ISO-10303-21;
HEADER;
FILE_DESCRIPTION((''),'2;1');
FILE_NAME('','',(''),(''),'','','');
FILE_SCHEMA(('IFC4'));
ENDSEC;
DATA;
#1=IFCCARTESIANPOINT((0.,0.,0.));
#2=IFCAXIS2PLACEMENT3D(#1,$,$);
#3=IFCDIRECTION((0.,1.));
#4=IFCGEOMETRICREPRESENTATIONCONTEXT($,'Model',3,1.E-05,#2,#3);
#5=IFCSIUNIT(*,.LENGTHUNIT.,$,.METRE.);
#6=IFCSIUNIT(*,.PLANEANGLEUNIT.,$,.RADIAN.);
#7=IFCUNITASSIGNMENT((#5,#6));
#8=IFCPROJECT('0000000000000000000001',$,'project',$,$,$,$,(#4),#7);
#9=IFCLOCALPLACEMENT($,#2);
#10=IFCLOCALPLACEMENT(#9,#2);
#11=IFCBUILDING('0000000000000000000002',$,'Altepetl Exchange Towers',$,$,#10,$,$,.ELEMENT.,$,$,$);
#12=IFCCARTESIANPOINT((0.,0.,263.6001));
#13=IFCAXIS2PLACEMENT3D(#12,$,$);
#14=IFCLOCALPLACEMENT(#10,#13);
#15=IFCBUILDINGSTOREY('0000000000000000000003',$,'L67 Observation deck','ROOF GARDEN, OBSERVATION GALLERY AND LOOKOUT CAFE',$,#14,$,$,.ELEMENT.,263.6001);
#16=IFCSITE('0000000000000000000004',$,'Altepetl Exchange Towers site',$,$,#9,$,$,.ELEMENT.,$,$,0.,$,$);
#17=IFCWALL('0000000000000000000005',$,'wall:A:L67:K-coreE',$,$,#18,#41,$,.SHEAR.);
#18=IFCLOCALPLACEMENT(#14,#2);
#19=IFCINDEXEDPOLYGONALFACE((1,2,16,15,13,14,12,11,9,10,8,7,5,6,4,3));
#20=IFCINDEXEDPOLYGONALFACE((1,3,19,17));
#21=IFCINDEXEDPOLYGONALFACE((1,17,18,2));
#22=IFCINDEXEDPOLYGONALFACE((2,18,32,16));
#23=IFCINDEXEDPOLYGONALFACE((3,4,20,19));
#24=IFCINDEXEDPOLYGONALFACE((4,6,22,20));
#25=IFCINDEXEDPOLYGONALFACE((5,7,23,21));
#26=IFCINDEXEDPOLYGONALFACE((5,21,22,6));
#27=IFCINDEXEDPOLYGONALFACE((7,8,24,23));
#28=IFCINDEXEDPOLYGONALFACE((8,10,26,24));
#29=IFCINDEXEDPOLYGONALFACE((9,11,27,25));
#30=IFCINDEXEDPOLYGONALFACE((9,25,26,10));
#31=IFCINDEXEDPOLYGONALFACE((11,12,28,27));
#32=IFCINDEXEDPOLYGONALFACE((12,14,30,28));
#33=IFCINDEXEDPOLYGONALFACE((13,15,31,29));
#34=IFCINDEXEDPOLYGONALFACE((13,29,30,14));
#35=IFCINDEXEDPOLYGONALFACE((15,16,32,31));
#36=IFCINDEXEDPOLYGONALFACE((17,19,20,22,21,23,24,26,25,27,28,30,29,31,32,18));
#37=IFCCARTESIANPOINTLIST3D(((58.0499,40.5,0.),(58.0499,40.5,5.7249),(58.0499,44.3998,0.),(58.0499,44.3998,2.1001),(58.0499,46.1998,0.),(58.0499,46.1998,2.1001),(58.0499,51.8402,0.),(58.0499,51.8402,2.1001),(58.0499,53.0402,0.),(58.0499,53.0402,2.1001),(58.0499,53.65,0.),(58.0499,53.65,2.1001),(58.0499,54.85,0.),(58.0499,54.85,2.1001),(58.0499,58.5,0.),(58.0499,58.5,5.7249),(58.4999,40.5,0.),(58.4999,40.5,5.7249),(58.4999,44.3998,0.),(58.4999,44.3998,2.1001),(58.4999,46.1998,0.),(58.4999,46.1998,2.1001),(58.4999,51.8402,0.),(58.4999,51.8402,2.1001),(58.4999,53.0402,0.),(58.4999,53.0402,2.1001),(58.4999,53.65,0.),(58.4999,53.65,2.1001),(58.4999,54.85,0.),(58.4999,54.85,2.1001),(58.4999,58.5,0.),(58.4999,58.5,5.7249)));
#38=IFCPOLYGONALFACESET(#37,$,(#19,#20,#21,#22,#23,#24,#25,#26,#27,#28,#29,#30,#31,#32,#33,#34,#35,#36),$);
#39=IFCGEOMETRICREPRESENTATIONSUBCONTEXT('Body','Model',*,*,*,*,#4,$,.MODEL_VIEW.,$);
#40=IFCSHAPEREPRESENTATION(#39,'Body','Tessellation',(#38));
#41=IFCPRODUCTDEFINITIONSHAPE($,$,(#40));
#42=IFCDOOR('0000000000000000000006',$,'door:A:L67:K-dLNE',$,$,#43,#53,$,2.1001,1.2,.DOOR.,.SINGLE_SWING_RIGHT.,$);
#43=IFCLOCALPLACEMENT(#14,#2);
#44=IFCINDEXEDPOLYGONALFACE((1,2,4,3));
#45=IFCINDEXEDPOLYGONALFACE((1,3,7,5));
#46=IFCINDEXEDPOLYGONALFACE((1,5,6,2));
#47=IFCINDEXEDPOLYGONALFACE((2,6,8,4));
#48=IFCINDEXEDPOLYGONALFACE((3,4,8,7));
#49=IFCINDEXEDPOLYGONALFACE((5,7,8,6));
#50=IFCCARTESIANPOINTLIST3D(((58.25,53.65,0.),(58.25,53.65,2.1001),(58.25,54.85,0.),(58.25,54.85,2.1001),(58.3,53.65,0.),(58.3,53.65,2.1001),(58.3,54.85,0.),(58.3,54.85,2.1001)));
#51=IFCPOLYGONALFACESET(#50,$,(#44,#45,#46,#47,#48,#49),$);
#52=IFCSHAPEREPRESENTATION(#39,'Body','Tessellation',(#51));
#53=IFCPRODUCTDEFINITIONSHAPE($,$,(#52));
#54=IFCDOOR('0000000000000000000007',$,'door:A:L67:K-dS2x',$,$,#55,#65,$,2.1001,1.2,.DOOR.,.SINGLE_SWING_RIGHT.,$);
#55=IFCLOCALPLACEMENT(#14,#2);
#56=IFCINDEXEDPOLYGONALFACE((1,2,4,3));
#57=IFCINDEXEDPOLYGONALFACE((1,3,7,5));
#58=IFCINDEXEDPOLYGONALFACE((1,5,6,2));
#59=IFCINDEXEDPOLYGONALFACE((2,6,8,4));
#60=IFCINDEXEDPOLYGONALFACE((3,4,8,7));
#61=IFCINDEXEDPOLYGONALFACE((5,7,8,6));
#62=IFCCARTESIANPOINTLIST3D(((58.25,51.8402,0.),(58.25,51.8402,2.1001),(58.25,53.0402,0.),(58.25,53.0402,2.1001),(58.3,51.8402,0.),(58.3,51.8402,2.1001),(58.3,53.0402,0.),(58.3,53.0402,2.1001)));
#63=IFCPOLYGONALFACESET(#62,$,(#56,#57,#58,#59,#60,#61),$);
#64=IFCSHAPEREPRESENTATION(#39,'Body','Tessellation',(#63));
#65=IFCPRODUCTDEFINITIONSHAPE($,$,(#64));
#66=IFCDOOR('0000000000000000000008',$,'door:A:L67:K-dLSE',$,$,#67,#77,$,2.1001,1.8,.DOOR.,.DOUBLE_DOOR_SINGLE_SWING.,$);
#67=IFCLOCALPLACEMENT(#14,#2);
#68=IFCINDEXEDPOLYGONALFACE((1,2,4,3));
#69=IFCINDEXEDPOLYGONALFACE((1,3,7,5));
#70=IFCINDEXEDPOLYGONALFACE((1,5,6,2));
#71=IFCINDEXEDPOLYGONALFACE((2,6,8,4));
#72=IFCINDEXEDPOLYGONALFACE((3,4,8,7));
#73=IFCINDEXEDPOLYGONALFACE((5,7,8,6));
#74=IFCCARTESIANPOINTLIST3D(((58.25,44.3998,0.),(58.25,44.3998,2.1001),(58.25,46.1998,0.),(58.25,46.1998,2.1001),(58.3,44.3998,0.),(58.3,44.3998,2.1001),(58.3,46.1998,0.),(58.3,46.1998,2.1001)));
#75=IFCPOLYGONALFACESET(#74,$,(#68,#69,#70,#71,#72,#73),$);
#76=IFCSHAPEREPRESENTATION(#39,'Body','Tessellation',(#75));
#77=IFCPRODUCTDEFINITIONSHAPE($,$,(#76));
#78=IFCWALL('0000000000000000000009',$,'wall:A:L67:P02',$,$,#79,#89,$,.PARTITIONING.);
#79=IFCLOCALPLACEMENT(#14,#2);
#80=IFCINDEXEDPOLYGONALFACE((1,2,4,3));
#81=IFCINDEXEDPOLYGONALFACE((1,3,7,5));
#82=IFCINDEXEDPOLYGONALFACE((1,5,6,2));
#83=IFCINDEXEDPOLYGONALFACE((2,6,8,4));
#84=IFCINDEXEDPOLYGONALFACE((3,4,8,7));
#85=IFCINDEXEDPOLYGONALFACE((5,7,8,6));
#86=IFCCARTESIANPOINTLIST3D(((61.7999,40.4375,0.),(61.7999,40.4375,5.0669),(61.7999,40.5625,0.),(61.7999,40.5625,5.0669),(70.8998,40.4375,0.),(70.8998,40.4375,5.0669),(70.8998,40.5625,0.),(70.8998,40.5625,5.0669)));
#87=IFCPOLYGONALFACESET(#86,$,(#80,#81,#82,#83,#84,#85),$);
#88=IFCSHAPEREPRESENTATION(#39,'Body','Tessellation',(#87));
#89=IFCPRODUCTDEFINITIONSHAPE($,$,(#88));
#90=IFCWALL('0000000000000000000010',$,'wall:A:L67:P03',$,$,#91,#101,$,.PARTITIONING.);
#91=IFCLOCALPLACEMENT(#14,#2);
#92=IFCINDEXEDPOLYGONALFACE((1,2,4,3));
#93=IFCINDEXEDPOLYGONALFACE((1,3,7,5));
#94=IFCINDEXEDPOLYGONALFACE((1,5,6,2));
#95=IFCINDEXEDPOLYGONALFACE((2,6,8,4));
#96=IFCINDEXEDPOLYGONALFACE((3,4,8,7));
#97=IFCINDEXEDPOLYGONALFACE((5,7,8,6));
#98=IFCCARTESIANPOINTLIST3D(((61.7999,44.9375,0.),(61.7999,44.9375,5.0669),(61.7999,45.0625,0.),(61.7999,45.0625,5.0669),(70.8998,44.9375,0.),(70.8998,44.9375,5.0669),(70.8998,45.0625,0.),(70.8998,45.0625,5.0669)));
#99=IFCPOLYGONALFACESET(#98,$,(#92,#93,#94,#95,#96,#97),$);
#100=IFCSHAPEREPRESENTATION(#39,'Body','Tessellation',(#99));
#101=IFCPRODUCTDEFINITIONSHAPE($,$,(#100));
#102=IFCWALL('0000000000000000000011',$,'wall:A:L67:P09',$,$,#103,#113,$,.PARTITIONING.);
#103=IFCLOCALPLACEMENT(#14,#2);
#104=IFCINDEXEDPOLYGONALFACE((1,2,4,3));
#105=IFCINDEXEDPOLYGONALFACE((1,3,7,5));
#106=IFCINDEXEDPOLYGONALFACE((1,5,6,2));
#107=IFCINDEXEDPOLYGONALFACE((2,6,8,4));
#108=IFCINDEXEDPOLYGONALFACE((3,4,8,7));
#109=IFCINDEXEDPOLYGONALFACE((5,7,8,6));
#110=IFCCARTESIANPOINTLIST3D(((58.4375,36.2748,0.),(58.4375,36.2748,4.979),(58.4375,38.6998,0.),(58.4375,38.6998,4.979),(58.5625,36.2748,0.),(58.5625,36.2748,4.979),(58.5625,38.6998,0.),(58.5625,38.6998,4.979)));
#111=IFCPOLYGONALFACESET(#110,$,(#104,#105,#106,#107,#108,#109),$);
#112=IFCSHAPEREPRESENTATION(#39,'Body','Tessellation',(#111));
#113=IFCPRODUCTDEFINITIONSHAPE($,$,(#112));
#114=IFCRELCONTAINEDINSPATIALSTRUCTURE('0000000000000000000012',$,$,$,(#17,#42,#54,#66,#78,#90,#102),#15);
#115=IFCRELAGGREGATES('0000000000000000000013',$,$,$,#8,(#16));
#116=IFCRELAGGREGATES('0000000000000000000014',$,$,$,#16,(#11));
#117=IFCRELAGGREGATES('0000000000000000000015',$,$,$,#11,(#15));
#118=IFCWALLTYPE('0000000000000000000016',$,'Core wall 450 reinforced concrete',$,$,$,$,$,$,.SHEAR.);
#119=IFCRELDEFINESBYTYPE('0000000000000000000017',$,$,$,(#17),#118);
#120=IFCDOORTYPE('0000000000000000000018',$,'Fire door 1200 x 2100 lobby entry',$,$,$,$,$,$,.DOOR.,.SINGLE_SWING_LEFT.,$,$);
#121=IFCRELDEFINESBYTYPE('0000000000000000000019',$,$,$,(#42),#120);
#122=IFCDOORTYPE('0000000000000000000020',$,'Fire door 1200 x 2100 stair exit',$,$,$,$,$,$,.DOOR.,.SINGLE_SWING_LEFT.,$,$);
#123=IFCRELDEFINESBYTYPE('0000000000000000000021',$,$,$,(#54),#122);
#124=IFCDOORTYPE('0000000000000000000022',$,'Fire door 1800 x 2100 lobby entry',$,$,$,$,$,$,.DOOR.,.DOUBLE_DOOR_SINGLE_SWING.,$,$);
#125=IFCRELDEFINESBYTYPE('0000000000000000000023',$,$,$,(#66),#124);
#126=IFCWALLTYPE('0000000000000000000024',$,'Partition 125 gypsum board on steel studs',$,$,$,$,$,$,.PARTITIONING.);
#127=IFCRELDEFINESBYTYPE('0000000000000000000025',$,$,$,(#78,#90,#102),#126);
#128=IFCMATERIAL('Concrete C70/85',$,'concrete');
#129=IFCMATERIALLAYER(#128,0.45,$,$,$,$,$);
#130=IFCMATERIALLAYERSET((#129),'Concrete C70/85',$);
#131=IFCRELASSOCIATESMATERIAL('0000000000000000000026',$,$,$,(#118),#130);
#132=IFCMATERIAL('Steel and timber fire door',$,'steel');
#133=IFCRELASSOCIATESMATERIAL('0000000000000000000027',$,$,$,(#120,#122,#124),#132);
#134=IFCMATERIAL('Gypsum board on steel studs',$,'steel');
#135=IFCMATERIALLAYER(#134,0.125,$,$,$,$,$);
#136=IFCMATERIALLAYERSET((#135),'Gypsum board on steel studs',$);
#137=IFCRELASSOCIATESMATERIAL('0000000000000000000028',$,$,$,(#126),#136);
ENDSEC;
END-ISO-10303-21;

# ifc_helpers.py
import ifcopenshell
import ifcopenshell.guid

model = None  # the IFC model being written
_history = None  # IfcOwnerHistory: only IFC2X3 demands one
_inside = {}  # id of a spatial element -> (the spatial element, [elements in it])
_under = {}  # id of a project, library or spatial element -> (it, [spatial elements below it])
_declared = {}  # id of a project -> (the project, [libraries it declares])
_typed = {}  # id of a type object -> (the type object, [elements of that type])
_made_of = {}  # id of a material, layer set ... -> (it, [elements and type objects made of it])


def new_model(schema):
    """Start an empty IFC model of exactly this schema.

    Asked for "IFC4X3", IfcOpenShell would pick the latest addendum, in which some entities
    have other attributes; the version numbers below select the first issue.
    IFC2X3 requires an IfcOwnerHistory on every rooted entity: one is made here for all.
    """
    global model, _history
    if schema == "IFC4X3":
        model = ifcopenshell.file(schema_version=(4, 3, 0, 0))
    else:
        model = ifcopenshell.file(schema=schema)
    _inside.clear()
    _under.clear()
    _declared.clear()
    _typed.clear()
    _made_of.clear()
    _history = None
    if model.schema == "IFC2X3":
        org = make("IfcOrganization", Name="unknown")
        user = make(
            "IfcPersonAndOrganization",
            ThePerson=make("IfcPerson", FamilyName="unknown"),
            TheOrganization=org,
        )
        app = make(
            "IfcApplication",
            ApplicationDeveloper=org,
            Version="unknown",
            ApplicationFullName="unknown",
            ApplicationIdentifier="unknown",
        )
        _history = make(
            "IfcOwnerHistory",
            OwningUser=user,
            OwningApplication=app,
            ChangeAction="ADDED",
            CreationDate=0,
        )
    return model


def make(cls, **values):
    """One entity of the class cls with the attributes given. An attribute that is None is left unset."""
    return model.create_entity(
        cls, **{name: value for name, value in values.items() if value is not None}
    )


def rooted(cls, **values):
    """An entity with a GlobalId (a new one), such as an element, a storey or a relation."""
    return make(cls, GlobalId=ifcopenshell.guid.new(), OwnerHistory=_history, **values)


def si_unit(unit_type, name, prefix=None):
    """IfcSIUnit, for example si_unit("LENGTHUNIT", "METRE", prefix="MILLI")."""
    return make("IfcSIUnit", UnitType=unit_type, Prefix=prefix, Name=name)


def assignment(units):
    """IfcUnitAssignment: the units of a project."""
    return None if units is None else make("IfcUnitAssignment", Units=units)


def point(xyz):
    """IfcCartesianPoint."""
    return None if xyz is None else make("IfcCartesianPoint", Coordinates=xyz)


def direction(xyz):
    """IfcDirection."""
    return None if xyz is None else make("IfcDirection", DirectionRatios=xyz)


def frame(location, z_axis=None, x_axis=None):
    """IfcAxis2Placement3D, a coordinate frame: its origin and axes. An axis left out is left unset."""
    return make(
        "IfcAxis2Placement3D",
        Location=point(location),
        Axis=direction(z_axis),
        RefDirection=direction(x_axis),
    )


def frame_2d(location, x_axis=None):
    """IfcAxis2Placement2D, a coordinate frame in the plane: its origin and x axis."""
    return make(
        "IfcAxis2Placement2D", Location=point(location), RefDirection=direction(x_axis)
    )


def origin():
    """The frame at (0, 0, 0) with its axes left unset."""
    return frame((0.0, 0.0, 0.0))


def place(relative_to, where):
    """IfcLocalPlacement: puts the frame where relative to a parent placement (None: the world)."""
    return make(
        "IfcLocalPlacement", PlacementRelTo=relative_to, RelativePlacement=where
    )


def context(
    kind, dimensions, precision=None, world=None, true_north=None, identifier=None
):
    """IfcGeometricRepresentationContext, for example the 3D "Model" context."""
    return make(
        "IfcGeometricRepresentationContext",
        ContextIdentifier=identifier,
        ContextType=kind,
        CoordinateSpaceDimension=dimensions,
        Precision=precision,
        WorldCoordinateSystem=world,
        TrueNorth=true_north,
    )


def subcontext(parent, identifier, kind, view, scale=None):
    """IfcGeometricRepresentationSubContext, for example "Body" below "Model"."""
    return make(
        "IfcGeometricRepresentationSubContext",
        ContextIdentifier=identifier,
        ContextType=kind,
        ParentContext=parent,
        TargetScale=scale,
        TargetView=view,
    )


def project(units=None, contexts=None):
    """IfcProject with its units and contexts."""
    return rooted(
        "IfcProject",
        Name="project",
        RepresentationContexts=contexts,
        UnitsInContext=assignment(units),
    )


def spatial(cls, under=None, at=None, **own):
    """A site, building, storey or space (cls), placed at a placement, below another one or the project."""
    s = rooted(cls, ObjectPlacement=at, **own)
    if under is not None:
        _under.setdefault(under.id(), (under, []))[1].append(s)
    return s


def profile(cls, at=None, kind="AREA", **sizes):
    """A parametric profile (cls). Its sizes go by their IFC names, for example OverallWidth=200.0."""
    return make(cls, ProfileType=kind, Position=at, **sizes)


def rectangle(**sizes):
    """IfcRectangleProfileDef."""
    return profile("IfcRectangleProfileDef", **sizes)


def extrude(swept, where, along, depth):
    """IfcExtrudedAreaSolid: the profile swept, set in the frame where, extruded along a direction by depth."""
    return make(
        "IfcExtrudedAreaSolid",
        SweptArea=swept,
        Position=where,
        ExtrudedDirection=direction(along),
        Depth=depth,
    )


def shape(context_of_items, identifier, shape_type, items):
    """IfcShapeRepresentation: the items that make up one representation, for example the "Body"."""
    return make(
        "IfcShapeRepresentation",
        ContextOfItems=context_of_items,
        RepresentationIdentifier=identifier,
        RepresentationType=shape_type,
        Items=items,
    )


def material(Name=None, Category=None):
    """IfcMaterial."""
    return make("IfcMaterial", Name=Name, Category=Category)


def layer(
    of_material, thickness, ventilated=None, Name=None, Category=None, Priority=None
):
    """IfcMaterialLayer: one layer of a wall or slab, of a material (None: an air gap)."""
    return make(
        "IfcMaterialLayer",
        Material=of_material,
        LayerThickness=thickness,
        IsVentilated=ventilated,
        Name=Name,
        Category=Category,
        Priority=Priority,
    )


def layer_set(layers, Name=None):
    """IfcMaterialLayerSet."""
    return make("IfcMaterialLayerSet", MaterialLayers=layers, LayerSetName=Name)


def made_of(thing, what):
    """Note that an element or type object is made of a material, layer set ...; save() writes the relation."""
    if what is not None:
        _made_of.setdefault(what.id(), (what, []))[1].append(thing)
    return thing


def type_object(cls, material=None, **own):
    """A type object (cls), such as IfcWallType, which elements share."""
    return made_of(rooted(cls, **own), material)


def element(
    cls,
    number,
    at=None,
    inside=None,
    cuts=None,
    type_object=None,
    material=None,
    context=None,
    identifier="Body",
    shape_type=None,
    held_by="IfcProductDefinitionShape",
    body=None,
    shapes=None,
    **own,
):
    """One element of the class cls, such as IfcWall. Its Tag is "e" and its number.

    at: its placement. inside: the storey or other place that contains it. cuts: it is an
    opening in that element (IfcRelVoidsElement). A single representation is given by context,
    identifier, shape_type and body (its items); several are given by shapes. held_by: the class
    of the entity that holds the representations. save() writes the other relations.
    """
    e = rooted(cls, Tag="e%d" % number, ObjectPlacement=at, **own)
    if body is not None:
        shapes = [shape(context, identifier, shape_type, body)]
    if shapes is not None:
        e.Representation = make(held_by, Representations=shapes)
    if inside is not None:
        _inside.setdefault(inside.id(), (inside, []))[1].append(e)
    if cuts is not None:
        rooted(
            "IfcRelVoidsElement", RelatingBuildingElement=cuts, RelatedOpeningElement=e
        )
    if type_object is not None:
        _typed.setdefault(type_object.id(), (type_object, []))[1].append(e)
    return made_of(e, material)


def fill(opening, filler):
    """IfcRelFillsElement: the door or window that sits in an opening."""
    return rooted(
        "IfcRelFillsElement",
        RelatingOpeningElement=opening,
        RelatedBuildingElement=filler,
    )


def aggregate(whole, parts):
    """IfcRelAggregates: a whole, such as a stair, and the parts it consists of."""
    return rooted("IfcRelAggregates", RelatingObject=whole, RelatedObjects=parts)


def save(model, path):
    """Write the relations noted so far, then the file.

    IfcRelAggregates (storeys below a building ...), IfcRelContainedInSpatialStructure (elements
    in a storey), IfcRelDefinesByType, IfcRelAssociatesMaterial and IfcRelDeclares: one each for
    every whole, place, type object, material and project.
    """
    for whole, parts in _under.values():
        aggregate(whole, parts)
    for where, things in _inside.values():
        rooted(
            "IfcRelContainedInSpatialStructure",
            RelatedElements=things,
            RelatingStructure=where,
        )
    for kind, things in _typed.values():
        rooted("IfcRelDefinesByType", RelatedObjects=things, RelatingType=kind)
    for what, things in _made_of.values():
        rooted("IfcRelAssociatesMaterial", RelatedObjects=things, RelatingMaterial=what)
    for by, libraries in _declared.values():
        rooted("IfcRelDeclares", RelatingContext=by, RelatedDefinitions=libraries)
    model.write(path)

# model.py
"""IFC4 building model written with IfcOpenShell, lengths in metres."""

from ifc_helpers import new_model, si_unit, direction, frame, frame_2d, origin, place, context, subcontext, project, spatial, rectangle, extrude, material, layer, layer_set, type_object, element, fill, save


model = new_model("IFC4")

# Units and contexts
model_context = context("Model", 3, precision=1e-05, world=origin(), true_north=direction((0.0, 1.0)))
body_context = subcontext(model_context, "Body", "Model", "MODEL_VIEW")
ifc_project = project(units=[si_unit("LENGTHUNIT", "METRE"), si_unit("PLANEANGLEUNIT", "RADIAN")], contexts=[model_context])

# Site, building, storey
site_placement = place(None, origin())
site = spatial("IfcSite", under=ifc_project, at=site_placement, Name="Altepetl Exchange Towers site", CompositionType="ELEMENT", RefElevation=0.0)
building_placement = place(site_placement, origin())
building = spatial("IfcBuilding", under=site, at=building_placement, Name="Altepetl Exchange Towers", CompositionType="ELEMENT")
storey_placement = place(building_placement, frame((0.0, 0.0, 263.6001)))
storey = spatial("IfcBuildingStorey", under=building, at=storey_placement, Name="L67 Observation deck", Description="ROOF GARDEN, OBSERVATION GALLERY AND LOOKOUT CAFE", CompositionType="ELEMENT", Elevation=263.6001)

# Shared definitions
ifc_material_1 = material(Name="Concrete C70/85", Category="concrete")

# Wall, openings, doors
ifc_layer_1 = layer(ifc_material_1, 0.45)
ifc_layer_set_1 = layer_set([ifc_layer_1], Name="Concrete C70/85")
wall_type_1 = type_object("IfcWallType", Name="Core wall 450 reinforced concrete", PredefinedType="SHEAR", material=ifc_layer_set_1)
wall_1_placement = place(storey_placement, frame((58.2749, 40.5, 0.0), z_axis=(0.0, 0.0, 1.0), x_axis=(0.0, 1.0, 0.0)))
wall_1 = element("IfcWall", 1, at=wall_1_placement, inside=storey, type_object=wall_type_1, Name="wall:A:L67:K-coreE", PredefinedType="SHEAR", context=body_context, shape_type="SweptSolid", body=[
    extrude(rectangle(XDim=18.0, YDim=0.45, at=frame_2d((9.0, 0.0))), origin(), (0.0, 0.0, 1.0), 5.7249),
])
opening_1_placement = place(wall_1_placement, frame((13.1499, 0.0, 0.0)))
opening_1 = element("IfcOpeningElement", 2, at=opening_1_placement, cuts=wall_1, PredefinedType="OPENING", context=body_context, shape_type="SweptSolid", body=[
    extrude(rectangle(XDim=1.2, YDim=2.1001, at=frame_2d((0.6001, 1.05))), frame((0.0, 0.2349, 0.0), z_axis=(0.0, -1.0, 0.0), x_axis=(1.0, 0.0, 0.0)), (0.0, 0.0, 1.0), 0.47),
])
opening_2_placement = place(wall_1_placement, frame((3.8999, 0.0, 0.0)))
opening_2 = element("IfcOpeningElement", 3, at=opening_2_placement, cuts=wall_1, PredefinedType="OPENING", context=body_context, shape_type="SweptSolid", body=[
    extrude(rectangle(XDim=1.8, YDim=2.1001, at=frame_2d((0.8999, 1.05))), frame((0.0, 0.2349, 0.0), z_axis=(0.0, -1.0, 0.0), x_axis=(1.0, 0.0, 0.0)), (0.0, 0.0, 1.0), 0.47),
])
opening_3_placement = place(wall_1_placement, frame((11.3401, 0.0, 0.0)))
opening_3 = element("IfcOpeningElement", 4, at=opening_3_placement, cuts=wall_1, PredefinedType="OPENING", context=body_context, shape_type="SweptSolid", body=[
    extrude(rectangle(XDim=1.2, YDim=2.1001, at=frame_2d((0.6001, 1.05))), frame((0.0, 0.2349, 0.0), z_axis=(0.0, -1.0, 0.0), x_axis=(1.0, 0.0, 0.0)), (0.0, 0.0, 1.0), 0.47),
])
ifc_material_2 = material(Name="Steel and timber fire door", Category="steel")
door_type_1 = type_object("IfcDoorType", Name="Fire door 1200 x 2100 lobby entry", OperationType="SINGLE_SWING_LEFT", PredefinedType="DOOR", material=ifc_material_2)
door_1_placement = place(opening_1_placement, origin())
door_1 = element("IfcDoor", 5, at=door_1_placement, inside=storey, type_object=door_type_1, Name="door:A:L67:K-dLNE", OperationType="SINGLE_SWING_RIGHT", OverallHeight=2.1001, OverallWidth=1.2, PredefinedType="DOOR", context=body_context, shape_type="SweptSolid", body=[
    extrude(rectangle(XDim=1.2, YDim=2.1001, at=frame_2d((0.6001, 1.05))), frame((0.0, 0.0249, 0.0), z_axis=(0.0, -1.0, 0.0), x_axis=(1.0, 0.0, 0.0)), (0.0, 0.0, 1.0), 0.05),
])
fill(opening_1, door_1)
door_type_2 = type_object("IfcDoorType", Name="Fire door 1200 x 2100 stair exit", OperationType="SINGLE_SWING_LEFT", PredefinedType="DOOR", material=ifc_material_2)
door_2_placement = place(opening_3_placement, origin())
door_2 = element("IfcDoor", 6, at=door_2_placement, inside=storey, type_object=door_type_2, Name="door:A:L67:K-dS2x", OperationType="SINGLE_SWING_RIGHT", OverallHeight=2.1001, OverallWidth=1.2, PredefinedType="DOOR", context=body_context, shape_type="SweptSolid", body=[
    extrude(rectangle(XDim=1.2, YDim=2.1001, at=frame_2d((0.6001, 1.05))), frame((0.0, 0.0249, 0.0), z_axis=(0.0, -1.0, 0.0), x_axis=(1.0, 0.0, 0.0)), (0.0, 0.0, 1.0), 0.05),
])
fill(opening_3, door_2)
door_type_3 = type_object("IfcDoorType", Name="Fire door 1800 x 2100 lobby entry", OperationType="DOUBLE_DOOR_SINGLE_SWING", PredefinedType="DOOR", material=ifc_material_2)
door_3_placement = place(opening_2_placement, origin())
door_3 = element("IfcDoor", 7, at=door_3_placement, inside=storey, type_object=door_type_3, Name="door:A:L67:K-dLSE", OperationType="DOUBLE_DOOR_SINGLE_SWING", OverallHeight=2.1001, OverallWidth=1.8, PredefinedType="DOOR", context=body_context, shape_type="SweptSolid", body=[
    extrude(rectangle(XDim=1.8, YDim=2.1001, at=frame_2d((0.8999, 1.05))), frame((0.0, 0.0249, 0.0), z_axis=(0.0, -1.0, 0.0), x_axis=(1.0, 0.0, 0.0)), (0.0, 0.0, 1.0), 0.05),
])
fill(opening_2, door_3)

# Walls
ifc_material_3 = material(Name="Gypsum board on steel studs", Category="steel")
ifc_layer_2 = layer(ifc_material_3, 0.125)
ifc_layer_set_2 = layer_set([ifc_layer_2], Name="Gypsum board on steel studs")
wall_type_2 = type_object("IfcWallType", Name="Partition 125 gypsum board on steel studs", PredefinedType="PARTITIONING", material=ifc_layer_set_2)
for number, where, name in (
    (8, (61.8, 40.5, 0.0), "wall:A:L67:P02"),
    (9, (61.8, 45.0, 0.0), "wall:A:L67:P03"),
):
    element("IfcWall", number, at=place(storey_placement, frame(where)), inside=storey, type_object=wall_type_2, Name=name, PredefinedType="PARTITIONING", context=body_context, shape_type="SweptSolid", body=[
        extrude(rectangle(XDim=9.0999, YDim=0.125, at=frame_2d((4.5498, 0.0))), origin(), (0.0, 0.0, 1.0), 5.0669),
    ])
wall_2_placement = place(storey_placement, frame((58.5, 36.2749, 0.0), z_axis=(0.0, 0.0, 1.0), x_axis=(0.0, 1.0, 0.0)))
element("IfcWall", 10, at=wall_2_placement, inside=storey, type_object=wall_type_2, Name="wall:A:L67:P09", PredefinedType="PARTITIONING", context=body_context, shape_type="SweptSolid", body=[
    extrude(rectangle(XDim=2.425, YDim=0.125, at=frame_2d((1.2124, 0.0))), origin(), (0.0, 0.0, 1.0), 4.979),
])

save(model, "model.ifc")
